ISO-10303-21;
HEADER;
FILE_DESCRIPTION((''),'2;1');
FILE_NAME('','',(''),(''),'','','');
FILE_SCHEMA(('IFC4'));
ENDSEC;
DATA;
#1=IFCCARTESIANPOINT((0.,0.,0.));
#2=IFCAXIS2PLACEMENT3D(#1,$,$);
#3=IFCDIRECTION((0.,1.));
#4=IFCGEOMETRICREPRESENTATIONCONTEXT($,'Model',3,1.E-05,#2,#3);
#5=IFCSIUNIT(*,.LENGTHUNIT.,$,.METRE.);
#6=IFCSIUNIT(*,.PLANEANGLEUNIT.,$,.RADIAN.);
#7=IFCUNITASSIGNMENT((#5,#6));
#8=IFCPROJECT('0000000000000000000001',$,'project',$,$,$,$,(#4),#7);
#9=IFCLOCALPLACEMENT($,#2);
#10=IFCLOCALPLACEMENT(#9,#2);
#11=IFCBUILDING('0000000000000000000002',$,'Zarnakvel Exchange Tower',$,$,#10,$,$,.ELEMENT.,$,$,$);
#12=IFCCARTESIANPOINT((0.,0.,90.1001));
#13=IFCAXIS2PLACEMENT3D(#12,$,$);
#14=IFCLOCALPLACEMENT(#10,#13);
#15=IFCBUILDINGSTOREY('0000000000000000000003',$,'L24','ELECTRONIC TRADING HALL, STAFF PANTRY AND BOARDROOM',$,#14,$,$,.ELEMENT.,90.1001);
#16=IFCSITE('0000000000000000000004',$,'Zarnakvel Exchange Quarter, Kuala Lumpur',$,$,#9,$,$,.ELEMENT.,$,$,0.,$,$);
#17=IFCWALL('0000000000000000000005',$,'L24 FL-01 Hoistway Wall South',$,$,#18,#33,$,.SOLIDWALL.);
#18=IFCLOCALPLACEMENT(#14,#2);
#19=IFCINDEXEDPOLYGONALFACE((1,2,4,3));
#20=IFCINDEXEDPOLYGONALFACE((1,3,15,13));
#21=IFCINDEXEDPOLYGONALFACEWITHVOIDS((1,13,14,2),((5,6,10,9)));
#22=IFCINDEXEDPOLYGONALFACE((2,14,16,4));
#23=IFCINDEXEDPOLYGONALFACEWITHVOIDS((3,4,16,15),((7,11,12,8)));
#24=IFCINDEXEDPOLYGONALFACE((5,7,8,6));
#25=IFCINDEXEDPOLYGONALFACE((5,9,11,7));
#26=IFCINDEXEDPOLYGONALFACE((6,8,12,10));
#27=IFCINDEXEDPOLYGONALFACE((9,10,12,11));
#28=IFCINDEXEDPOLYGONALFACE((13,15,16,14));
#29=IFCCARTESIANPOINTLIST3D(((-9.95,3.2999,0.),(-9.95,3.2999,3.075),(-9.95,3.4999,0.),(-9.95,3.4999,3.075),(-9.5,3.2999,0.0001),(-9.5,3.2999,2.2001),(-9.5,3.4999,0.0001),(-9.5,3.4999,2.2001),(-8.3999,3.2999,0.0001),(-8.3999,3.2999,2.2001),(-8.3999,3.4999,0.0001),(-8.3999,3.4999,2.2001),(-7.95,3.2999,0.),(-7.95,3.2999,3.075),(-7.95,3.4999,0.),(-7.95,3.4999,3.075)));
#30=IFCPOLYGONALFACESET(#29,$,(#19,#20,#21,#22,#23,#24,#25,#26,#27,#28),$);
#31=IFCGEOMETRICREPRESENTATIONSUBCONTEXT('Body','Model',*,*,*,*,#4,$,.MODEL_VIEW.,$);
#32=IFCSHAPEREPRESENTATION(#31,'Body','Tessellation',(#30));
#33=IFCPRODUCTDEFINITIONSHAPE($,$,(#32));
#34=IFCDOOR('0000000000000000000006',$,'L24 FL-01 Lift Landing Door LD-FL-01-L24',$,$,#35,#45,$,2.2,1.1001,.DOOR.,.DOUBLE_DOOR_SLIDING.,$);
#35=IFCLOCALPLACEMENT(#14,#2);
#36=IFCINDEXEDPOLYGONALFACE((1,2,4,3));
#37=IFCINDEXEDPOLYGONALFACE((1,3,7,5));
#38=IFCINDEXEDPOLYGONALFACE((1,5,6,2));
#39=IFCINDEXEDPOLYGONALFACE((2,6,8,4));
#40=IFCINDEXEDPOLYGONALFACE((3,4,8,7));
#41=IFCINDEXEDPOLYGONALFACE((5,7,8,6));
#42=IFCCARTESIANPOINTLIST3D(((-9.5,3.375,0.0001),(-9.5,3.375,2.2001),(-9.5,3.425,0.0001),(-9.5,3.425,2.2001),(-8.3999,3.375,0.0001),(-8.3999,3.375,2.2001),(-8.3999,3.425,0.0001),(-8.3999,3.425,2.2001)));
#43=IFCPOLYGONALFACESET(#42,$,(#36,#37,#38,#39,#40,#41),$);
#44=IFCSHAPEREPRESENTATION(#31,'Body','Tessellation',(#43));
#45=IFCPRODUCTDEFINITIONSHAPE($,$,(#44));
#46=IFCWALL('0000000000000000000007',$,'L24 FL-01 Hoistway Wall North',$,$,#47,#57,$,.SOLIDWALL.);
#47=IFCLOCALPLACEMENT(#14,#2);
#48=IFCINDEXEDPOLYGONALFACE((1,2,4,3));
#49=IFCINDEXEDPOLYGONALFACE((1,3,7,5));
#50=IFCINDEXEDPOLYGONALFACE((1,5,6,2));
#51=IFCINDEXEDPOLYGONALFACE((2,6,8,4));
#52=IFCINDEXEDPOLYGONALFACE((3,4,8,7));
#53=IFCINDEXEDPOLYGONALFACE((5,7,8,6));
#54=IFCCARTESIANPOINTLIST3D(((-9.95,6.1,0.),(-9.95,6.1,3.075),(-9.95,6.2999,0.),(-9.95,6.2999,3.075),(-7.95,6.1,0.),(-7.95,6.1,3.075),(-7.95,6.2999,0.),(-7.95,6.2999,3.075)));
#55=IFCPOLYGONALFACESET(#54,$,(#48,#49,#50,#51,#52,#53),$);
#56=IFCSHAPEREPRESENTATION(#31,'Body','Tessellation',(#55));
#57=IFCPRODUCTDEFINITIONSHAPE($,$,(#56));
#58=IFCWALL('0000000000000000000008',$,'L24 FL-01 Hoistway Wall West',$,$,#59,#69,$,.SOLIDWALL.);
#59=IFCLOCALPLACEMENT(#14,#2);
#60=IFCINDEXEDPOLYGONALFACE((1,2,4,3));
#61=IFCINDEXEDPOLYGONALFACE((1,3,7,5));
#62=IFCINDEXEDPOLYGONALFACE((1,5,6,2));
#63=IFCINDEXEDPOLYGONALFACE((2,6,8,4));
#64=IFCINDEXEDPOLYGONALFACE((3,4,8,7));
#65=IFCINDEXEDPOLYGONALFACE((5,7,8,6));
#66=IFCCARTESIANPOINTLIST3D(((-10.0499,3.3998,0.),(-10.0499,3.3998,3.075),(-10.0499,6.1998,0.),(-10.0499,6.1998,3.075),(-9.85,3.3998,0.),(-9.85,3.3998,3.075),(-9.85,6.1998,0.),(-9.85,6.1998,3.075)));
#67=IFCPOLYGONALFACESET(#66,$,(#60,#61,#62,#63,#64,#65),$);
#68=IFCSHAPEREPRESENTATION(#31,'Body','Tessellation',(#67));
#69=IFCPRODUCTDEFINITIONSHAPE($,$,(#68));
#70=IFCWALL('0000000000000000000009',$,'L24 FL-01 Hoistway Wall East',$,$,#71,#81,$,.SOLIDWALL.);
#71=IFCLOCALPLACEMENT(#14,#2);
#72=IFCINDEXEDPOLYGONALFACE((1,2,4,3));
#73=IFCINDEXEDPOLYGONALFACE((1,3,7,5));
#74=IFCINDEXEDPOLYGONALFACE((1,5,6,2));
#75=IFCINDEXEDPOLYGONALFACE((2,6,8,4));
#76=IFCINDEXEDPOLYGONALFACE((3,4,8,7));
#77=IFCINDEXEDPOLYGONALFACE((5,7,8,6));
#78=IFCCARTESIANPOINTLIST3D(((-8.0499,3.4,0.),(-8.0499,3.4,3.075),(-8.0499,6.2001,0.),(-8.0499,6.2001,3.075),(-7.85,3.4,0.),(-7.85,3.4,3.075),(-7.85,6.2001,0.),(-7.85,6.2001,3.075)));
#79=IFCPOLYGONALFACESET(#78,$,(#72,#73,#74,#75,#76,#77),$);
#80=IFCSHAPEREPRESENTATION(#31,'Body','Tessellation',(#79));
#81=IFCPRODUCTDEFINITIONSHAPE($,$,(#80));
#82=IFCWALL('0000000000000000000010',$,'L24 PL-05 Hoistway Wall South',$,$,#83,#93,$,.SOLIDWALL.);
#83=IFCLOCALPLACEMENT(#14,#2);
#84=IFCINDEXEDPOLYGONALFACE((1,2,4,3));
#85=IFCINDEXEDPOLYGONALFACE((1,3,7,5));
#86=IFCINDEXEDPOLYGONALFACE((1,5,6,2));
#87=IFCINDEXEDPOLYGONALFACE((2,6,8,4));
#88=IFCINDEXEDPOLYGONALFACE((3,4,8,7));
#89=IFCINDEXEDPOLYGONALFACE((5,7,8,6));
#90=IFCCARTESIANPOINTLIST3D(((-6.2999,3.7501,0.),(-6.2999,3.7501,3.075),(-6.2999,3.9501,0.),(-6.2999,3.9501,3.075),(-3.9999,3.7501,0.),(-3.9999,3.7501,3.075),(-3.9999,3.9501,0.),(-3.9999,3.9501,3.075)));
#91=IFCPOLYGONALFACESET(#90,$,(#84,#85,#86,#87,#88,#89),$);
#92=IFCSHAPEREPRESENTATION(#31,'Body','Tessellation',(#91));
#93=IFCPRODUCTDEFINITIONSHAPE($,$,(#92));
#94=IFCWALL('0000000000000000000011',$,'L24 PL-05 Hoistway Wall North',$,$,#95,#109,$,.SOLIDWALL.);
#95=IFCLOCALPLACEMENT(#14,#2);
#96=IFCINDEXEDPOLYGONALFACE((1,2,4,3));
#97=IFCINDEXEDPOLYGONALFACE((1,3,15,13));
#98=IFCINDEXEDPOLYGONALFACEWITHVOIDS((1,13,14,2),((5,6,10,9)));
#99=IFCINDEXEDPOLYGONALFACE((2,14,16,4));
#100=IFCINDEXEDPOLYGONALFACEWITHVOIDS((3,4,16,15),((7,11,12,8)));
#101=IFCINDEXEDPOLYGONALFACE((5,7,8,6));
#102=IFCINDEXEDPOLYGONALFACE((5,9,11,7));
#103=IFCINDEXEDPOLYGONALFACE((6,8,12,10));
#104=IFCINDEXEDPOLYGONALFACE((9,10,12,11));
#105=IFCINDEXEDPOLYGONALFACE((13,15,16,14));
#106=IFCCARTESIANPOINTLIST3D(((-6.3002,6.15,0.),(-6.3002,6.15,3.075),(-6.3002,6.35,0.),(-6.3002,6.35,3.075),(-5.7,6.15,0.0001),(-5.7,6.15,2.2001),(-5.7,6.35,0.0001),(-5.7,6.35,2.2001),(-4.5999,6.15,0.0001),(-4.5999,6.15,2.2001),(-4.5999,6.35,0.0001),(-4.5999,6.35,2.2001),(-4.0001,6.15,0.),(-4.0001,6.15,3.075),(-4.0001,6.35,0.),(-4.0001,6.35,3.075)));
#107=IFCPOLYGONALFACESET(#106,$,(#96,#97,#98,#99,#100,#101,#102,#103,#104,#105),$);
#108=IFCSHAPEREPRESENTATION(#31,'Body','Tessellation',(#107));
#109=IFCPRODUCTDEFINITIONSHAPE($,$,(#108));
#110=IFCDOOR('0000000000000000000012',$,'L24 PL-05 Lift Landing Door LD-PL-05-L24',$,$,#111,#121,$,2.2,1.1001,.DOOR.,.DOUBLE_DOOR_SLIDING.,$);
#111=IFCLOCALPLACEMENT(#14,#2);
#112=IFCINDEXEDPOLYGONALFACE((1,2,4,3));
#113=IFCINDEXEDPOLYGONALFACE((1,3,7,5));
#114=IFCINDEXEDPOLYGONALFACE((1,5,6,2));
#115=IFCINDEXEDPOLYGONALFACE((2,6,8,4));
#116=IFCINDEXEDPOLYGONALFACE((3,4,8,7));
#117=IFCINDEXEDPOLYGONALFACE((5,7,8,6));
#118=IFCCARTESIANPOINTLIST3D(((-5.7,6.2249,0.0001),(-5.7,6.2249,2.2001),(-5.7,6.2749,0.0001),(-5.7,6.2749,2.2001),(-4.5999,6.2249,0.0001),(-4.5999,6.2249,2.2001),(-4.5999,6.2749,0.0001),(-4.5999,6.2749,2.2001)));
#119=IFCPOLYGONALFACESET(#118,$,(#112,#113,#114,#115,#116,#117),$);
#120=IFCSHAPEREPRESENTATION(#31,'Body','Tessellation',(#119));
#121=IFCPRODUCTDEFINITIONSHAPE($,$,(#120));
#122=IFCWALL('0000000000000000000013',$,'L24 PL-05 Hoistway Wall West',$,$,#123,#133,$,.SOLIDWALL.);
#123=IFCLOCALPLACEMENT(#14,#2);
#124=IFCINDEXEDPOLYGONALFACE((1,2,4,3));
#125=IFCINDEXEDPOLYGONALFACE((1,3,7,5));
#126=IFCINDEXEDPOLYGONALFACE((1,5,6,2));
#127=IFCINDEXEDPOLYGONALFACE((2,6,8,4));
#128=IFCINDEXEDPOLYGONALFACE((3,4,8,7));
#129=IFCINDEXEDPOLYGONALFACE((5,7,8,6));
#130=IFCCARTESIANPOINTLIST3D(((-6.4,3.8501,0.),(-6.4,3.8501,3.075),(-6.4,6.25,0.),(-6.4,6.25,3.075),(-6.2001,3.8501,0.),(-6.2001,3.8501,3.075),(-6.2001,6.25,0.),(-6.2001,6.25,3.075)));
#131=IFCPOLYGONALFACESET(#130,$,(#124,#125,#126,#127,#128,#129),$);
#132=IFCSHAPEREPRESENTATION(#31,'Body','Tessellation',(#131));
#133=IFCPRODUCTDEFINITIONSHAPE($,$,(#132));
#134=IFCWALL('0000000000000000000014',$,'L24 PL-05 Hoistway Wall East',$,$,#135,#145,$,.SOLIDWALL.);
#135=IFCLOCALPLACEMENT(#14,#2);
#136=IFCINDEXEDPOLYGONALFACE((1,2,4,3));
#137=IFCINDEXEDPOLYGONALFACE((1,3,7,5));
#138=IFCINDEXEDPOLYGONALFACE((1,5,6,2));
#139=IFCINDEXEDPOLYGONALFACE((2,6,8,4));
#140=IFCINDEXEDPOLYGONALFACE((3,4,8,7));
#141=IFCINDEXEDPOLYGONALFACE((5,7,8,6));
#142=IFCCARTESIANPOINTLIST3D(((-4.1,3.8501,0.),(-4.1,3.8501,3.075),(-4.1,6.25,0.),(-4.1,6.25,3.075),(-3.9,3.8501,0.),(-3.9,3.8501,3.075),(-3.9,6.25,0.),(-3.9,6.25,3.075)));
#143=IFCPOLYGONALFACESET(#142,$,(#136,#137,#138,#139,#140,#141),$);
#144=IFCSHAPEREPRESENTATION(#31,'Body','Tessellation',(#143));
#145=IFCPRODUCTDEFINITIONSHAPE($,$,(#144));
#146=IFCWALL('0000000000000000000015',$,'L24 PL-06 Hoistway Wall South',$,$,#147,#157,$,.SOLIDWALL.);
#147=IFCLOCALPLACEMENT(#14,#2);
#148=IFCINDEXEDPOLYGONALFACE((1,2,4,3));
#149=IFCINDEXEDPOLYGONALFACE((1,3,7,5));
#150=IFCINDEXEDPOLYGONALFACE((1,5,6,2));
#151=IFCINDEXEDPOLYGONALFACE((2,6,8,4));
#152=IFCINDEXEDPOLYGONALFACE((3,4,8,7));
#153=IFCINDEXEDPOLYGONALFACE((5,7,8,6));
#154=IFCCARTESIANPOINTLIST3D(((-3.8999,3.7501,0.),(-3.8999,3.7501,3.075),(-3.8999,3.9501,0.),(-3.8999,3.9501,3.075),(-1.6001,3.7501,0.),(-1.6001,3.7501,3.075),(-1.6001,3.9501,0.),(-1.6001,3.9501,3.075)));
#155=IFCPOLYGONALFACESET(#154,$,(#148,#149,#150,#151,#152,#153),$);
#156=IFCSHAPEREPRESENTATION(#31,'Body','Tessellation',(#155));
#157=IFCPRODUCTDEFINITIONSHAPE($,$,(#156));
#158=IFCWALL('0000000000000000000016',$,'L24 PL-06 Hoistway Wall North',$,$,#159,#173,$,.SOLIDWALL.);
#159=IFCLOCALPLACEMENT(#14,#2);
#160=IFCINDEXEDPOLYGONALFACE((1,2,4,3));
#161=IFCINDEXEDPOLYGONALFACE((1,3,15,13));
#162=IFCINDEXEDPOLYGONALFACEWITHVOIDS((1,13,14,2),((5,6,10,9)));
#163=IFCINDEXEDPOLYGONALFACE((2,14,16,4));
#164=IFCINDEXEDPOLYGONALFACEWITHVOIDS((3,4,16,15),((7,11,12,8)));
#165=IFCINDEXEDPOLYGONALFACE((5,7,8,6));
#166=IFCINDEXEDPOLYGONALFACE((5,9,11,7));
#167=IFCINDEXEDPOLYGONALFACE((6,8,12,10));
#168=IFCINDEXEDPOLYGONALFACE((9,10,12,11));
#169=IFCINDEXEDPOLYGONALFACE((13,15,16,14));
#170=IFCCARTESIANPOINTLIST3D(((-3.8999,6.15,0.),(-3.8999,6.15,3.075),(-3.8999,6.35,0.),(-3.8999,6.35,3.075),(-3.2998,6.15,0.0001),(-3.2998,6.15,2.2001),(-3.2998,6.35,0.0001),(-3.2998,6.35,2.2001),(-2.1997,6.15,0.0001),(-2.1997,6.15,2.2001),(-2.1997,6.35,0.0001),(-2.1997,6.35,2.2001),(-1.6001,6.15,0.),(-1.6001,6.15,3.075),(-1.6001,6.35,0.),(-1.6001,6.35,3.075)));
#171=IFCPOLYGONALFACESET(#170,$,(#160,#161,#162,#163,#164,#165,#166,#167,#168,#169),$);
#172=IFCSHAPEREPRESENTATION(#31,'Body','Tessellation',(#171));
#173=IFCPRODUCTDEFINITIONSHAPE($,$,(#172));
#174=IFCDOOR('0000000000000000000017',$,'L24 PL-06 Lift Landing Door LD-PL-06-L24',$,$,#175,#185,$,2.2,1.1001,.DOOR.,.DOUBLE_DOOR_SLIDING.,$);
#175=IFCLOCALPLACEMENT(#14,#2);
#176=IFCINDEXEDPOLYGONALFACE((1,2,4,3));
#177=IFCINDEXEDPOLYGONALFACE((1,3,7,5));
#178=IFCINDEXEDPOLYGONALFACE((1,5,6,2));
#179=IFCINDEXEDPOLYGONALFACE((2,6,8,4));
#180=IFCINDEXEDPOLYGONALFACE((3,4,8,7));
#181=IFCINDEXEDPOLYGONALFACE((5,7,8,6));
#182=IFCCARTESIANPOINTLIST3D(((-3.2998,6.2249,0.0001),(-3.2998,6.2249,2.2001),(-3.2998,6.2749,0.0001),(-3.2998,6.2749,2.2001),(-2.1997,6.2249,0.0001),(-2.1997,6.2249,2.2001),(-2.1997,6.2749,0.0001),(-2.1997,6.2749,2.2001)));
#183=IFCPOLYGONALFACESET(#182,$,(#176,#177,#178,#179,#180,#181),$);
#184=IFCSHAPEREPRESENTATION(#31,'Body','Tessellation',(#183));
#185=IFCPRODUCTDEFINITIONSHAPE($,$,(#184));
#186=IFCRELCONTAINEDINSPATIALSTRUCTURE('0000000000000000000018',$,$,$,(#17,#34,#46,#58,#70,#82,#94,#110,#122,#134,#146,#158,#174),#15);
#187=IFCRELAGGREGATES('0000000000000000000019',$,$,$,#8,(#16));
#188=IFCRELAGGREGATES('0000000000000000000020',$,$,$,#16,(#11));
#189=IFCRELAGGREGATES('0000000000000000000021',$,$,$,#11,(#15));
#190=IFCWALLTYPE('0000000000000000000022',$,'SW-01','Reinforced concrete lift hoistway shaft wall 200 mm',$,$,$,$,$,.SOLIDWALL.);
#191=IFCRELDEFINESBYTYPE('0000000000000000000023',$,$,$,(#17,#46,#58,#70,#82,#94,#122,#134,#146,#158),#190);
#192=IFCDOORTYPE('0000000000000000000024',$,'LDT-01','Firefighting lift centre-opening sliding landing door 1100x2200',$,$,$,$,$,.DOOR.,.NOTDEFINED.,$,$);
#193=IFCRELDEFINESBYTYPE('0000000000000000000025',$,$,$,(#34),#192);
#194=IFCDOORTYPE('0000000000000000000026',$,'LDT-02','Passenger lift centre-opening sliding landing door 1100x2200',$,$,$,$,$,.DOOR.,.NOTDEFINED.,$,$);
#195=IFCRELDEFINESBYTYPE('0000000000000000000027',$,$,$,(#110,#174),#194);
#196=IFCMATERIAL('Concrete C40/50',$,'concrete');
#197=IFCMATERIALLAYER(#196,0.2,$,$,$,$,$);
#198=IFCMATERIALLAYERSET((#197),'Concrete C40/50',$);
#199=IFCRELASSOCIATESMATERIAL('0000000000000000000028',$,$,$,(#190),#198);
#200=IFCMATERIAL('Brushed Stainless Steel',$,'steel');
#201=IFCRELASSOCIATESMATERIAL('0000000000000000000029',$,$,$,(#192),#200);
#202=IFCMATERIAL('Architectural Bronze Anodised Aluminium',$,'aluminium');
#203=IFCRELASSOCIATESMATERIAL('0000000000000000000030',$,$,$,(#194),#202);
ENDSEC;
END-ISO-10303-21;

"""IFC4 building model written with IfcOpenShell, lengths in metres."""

from ifc_helpers import new_model, si_unit, direction, frame, frame_2d, origin, place, context, subcontext, project, spatial, rectangle, extrude, source, transform, mapped, material, layer, layer_set, type_object, element, fill, save


model = new_model("IFC4")

# Units and contexts
model_context = context("Model", 3, precision=1e-05, world=origin(), true_north=direction((0.0, 1.0)))
body_context = subcontext(model_context, "Body", "Model", "MODEL_VIEW")
ifc_project = project(units=[si_unit("LENGTHUNIT", "METRE"), si_unit("PLANEANGLEUNIT", "RADIAN")], contexts=[model_context])

# Site, building, storey
site_placement = place(None, origin())
site = spatial("IfcSite", under=ifc_project, at=site_placement, Name="Zarnakvel Exchange Quarter, Kuala Lumpur", CompositionType="ELEMENT", RefElevation=0.0)
building_placement = place(site_placement, origin())
building = spatial("IfcBuilding", under=site, at=building_placement, Name="Zarnakvel Exchange Tower", CompositionType="ELEMENT")
storey_placement = place(building_placement, frame((0.0, 0.0, 90.1001)))
storey = spatial("IfcBuildingStorey", under=building, at=storey_placement, Name="L24", Description="ELECTRONIC TRADING HALL, STAFF PANTRY AND BOARDROOM", CompositionType="ELEMENT", Elevation=90.1001)

# Wall, opening, door
ifc_material_1 = material(Name="Concrete C40/50", Category="concrete")
ifc_layer_1 = layer(ifc_material_1, 0.2)
ifc_layer_set_1 = layer_set([ifc_layer_1], Name="Concrete C40/50")
wall_type_1 = type_object("IfcWallType", Name="SW-01", Description="Reinforced concrete lift hoistway shaft wall 200 mm", PredefinedType="SOLIDWALL", material=ifc_layer_set_1)
wall_1_placement = place(storey_placement, frame((-7.95, 3.3999, 0.0), z_axis=(0.0, 0.0, 1.0), x_axis=(-1.0, 0.0, 0.0)))
wall_1 = element("IfcWall", 1, at=wall_1_placement, inside=storey, type_object=wall_type_1, Name="L24 FL-01 Hoistway Wall South", PredefinedType="SOLIDWALL", context=body_context, shape_type="SweptSolid", body=[
    extrude(rectangle(XDim=2.0, YDim=0.2, at=frame_2d((1.0, 0.0))), origin(), (0.0, 0.0, 1.0), 3.075),
])
opening_1_placement = place(wall_1_placement, frame((0.45, 0.0, 0.0)))
opening_1 = element("IfcOpeningElement", 2, at=opening_1_placement, cuts=wall_1, PredefinedType="OPENING", context=body_context, shape_type="SweptSolid", body=[
    extrude(rectangle(XDim=1.1001, YDim=2.2, at=frame_2d((0.55, 1.1001))), frame((0.0, 0.1099, 0.0), z_axis=(0.0, -1.0, 0.0), x_axis=(1.0, 0.0, 0.0)), (0.0, 0.0, 1.0), 0.22),
])
ifc_material_2 = material(Name="Brushed Stainless Steel", Category="steel")
door_type_1 = type_object("IfcDoorType", Name="LDT-01", Description="Firefighting lift centre-opening sliding landing door 1100x2200", OperationType="NOTDEFINED", PredefinedType="DOOR", material=ifc_material_2)
shared_shape_1 = source(origin(), body_context, "Body", "SweptSolid", [
    extrude(rectangle(XDim=1.1001, YDim=2.2, at=frame_2d((0.55, 1.1001))), frame((0.0, 0.0249, 0.0), z_axis=(0.0, -1.0, 0.0), x_axis=(1.0, 0.0, 0.0)), (0.0, 0.0, 1.0), 0.05),
])
door_1_placement = place(opening_1_placement, origin())
door_1 = element("IfcDoor", 3, at=door_1_placement, inside=storey, type_object=door_type_1, Name="L24 FL-01 Lift Landing Door LD-FL-01-L24", OperationType="DOUBLE_DOOR_SLIDING", OverallHeight=2.2, OverallWidth=1.1001, PredefinedType="DOOR", context=body_context, shape_type="MappedRepresentation", body=[
    mapped(shared_shape_1, transform((0.0, 0.0, 0.0), x_axis=(1.0, 0.0, 0.0), y_axis=(0.0, 1.0, 0.0), z_axis=(0.0, 0.0, 1.0), scale=1.0)),
])
fill(opening_1, door_1)

# Walls
wall_2_placement = place(storey_placement, frame((-9.95, 6.2, 0.0), z_axis=(0.0, 0.0, 1.0), x_axis=(1.0, 0.0, 0.0)))
element("IfcWall", 4, at=wall_2_placement, inside=storey, type_object=wall_type_1, Name="L24 FL-01 Hoistway Wall North", PredefinedType="SOLIDWALL", context=body_context, shape_type="SweptSolid", body=[
    extrude(rectangle(XDim=2.0, YDim=0.2, at=frame_2d((1.0, 0.0))), origin(), (0.0, 0.0, 1.0), 3.075),
])
for number, where, z_axis, x_axis, name in (
    (5, (-9.95, 3.3999, 0.0), (0.0, 0.0, 1.0), (0.0, 1.0, 0.0), "L24 FL-01 Hoistway Wall West"),
    (6, (-7.95, 6.2, 0.0), (0.0, 0.0, 1.0), (0.0, -1.0, 0.0), "L24 FL-01 Hoistway Wall East"),
):
    element("IfcWall", number, at=place(storey_placement, frame(where, z_axis=z_axis, x_axis=x_axis)), inside=storey, type_object=wall_type_1, Name=name, PredefinedType="SOLIDWALL", context=body_context, shape_type="SweptSolid", body=[
        extrude(rectangle(XDim=2.8, YDim=0.2, at=frame_2d((1.3999, 0.0))), origin(), (0.0, 0.0, 1.0), 3.075),
    ])
wall_3_placement = place(storey_placement, frame((-4.0, 3.8501, 0.0), z_axis=(0.0, 0.0, 1.0), x_axis=(-1.0, 0.0, 0.0)))
element("IfcWall", 7, at=wall_3_placement, inside=storey, type_object=wall_type_1, Name="L24 PL-05 Hoistway Wall South", PredefinedType="SOLIDWALL", context=body_context, shape_type="SweptSolid", body=[
    extrude(rectangle(XDim=2.3, YDim=0.2, at=frame_2d((1.1499, 0.0))), origin(), (0.0, 0.0, 1.0), 3.075),
])

# Wall, opening, door
wall_4_placement = place(storey_placement, frame((-6.3, 6.25, 0.0), z_axis=(0.0, 0.0, 1.0), x_axis=(1.0, 0.0, 0.0)))
wall_4 = element("IfcWall", 8, at=wall_4_placement, inside=storey, type_object=wall_type_1, Name="L24 PL-05 Hoistway Wall North", PredefinedType="SOLIDWALL", context=body_context, shape_type="SweptSolid", body=[
    extrude(rectangle(XDim=2.3, YDim=0.2, at=frame_2d((1.1499, 0.0))), origin(), (0.0, 0.0, 1.0), 3.075),
])
opening_2_placement = place(wall_4_placement, frame((0.6001, 0.0, 0.0)))
opening_2 = element("IfcOpeningElement", 9, at=opening_2_placement, cuts=wall_4, PredefinedType="OPENING", context=body_context, shape_type="SweptSolid", body=[
    extrude(rectangle(XDim=1.1001, YDim=2.2, at=frame_2d((0.55, 1.1001))), frame((0.0, 0.1099, 0.0), z_axis=(0.0, -1.0, 0.0), x_axis=(1.0, 0.0, 0.0)), (0.0, 0.0, 1.0), 0.22),
])
ifc_material_3 = material(Name="Architectural Bronze Anodised Aluminium", Category="aluminium")
door_type_2 = type_object("IfcDoorType", Name="LDT-02", Description="Passenger lift centre-opening sliding landing door 1100x2200", OperationType="NOTDEFINED", PredefinedType="DOOR", material=ifc_material_3)
door_2_placement = place(opening_2_placement, origin())
door_2 = element("IfcDoor", 10, at=door_2_placement, inside=storey, type_object=door_type_2, Name="L24 PL-05 Lift Landing Door LD-PL-05-L24", OperationType="DOUBLE_DOOR_SLIDING", OverallHeight=2.2, OverallWidth=1.1001, PredefinedType="DOOR", context=body_context, shape_type="MappedRepresentation", body=[
    mapped(shared_shape_1, transform((0.0, 0.0, 0.0), x_axis=(1.0, 0.0, 0.0), y_axis=(0.0, 1.0, 0.0), z_axis=(0.0, 0.0, 1.0), scale=1.0)),
])
fill(opening_2, door_2)

# Walls
for number, where, z_axis, x_axis, name in (
    (11, (-6.3, 3.8501, 0.0), (0.0, 0.0, 1.0), (0.0, 1.0, 0.0), "L24 PL-05 Hoistway Wall West"),
    (12, (-4.0, 6.25, 0.0), (0.0, 0.0, 1.0), (0.0, -1.0, 0.0), "L24 PL-05 Hoistway Wall East"),
):
    element("IfcWall", number, at=place(storey_placement, frame(where, z_axis=z_axis, x_axis=x_axis)), inside=storey, type_object=wall_type_1, Name=name, PredefinedType="SOLIDWALL", context=body_context, shape_type="SweptSolid", body=[
        extrude(rectangle(XDim=2.3999, YDim=0.2, at=frame_2d((1.2, 0.0))), origin(), (0.0, 0.0, 1.0), 3.075),
    ])
wall_5_placement = place(storey_placement, frame((-1.6001, 3.8501, 0.0), z_axis=(0.0, 0.0, 1.0), x_axis=(-1.0, 0.0, 0.0)))
element("IfcWall", 13, at=wall_5_placement, inside=storey, type_object=wall_type_1, Name="L24 PL-06 Hoistway Wall South", PredefinedType="SOLIDWALL", context=body_context, shape_type="SweptSolid", body=[
    extrude(rectangle(XDim=2.2998, YDim=0.2, at=frame_2d((1.1499, 0.0))), origin(), (0.0, 0.0, 1.0), 3.075),
])

# Wall, opening, door
wall_6_placement = place(storey_placement, frame((-3.8999, 6.25, 0.0), z_axis=(0.0, 0.0, 1.0), x_axis=(1.0, 0.0, 0.0)))
wall_6 = element("IfcWall", 14, at=wall_6_placement, inside=storey, type_object=wall_type_1, Name="L24 PL-06 Hoistway Wall North", PredefinedType="SOLIDWALL", context=body_context, shape_type="SweptSolid", body=[
    extrude(rectangle(XDim=2.2998, YDim=0.2, at=frame_2d((1.1499, 0.0))), origin(), (0.0, 0.0, 1.0), 3.075),
])
opening_3_placement = place(wall_6_placement, frame((0.6001, 0.0, 0.0)))
opening_3 = element("IfcOpeningElement", 15, at=opening_3_placement, cuts=wall_6, PredefinedType="OPENING", context=body_context, shape_type="SweptSolid", body=[
    extrude(rectangle(XDim=1.1001, YDim=2.2, at=frame_2d((0.55, 1.1001))), frame((0.0, 0.1099, 0.0), z_axis=(0.0, -1.0, 0.0), x_axis=(1.0, 0.0, 0.0)), (0.0, 0.0, 1.0), 0.22),
])
door_3_placement = place(opening_3_placement, origin())
door_3 = element("IfcDoor", 16, at=door_3_placement, inside=storey, type_object=door_type_2, Name="L24 PL-06 Lift Landing Door LD-PL-06-L24", OperationType="DOUBLE_DOOR_SLIDING", OverallHeight=2.2, OverallWidth=1.1001, PredefinedType="DOOR", context=body_context, shape_type="MappedRepresentation", body=[
    mapped(shared_shape_1, transform((0.0, 0.0, 0.0), x_axis=(1.0, 0.0, 0.0), y_axis=(0.0, 1.0, 0.0), z_axis=(0.0, 0.0, 1.0), scale=1.0)),
])
fill(opening_3, door_3)

save(model, "model.ifc")
